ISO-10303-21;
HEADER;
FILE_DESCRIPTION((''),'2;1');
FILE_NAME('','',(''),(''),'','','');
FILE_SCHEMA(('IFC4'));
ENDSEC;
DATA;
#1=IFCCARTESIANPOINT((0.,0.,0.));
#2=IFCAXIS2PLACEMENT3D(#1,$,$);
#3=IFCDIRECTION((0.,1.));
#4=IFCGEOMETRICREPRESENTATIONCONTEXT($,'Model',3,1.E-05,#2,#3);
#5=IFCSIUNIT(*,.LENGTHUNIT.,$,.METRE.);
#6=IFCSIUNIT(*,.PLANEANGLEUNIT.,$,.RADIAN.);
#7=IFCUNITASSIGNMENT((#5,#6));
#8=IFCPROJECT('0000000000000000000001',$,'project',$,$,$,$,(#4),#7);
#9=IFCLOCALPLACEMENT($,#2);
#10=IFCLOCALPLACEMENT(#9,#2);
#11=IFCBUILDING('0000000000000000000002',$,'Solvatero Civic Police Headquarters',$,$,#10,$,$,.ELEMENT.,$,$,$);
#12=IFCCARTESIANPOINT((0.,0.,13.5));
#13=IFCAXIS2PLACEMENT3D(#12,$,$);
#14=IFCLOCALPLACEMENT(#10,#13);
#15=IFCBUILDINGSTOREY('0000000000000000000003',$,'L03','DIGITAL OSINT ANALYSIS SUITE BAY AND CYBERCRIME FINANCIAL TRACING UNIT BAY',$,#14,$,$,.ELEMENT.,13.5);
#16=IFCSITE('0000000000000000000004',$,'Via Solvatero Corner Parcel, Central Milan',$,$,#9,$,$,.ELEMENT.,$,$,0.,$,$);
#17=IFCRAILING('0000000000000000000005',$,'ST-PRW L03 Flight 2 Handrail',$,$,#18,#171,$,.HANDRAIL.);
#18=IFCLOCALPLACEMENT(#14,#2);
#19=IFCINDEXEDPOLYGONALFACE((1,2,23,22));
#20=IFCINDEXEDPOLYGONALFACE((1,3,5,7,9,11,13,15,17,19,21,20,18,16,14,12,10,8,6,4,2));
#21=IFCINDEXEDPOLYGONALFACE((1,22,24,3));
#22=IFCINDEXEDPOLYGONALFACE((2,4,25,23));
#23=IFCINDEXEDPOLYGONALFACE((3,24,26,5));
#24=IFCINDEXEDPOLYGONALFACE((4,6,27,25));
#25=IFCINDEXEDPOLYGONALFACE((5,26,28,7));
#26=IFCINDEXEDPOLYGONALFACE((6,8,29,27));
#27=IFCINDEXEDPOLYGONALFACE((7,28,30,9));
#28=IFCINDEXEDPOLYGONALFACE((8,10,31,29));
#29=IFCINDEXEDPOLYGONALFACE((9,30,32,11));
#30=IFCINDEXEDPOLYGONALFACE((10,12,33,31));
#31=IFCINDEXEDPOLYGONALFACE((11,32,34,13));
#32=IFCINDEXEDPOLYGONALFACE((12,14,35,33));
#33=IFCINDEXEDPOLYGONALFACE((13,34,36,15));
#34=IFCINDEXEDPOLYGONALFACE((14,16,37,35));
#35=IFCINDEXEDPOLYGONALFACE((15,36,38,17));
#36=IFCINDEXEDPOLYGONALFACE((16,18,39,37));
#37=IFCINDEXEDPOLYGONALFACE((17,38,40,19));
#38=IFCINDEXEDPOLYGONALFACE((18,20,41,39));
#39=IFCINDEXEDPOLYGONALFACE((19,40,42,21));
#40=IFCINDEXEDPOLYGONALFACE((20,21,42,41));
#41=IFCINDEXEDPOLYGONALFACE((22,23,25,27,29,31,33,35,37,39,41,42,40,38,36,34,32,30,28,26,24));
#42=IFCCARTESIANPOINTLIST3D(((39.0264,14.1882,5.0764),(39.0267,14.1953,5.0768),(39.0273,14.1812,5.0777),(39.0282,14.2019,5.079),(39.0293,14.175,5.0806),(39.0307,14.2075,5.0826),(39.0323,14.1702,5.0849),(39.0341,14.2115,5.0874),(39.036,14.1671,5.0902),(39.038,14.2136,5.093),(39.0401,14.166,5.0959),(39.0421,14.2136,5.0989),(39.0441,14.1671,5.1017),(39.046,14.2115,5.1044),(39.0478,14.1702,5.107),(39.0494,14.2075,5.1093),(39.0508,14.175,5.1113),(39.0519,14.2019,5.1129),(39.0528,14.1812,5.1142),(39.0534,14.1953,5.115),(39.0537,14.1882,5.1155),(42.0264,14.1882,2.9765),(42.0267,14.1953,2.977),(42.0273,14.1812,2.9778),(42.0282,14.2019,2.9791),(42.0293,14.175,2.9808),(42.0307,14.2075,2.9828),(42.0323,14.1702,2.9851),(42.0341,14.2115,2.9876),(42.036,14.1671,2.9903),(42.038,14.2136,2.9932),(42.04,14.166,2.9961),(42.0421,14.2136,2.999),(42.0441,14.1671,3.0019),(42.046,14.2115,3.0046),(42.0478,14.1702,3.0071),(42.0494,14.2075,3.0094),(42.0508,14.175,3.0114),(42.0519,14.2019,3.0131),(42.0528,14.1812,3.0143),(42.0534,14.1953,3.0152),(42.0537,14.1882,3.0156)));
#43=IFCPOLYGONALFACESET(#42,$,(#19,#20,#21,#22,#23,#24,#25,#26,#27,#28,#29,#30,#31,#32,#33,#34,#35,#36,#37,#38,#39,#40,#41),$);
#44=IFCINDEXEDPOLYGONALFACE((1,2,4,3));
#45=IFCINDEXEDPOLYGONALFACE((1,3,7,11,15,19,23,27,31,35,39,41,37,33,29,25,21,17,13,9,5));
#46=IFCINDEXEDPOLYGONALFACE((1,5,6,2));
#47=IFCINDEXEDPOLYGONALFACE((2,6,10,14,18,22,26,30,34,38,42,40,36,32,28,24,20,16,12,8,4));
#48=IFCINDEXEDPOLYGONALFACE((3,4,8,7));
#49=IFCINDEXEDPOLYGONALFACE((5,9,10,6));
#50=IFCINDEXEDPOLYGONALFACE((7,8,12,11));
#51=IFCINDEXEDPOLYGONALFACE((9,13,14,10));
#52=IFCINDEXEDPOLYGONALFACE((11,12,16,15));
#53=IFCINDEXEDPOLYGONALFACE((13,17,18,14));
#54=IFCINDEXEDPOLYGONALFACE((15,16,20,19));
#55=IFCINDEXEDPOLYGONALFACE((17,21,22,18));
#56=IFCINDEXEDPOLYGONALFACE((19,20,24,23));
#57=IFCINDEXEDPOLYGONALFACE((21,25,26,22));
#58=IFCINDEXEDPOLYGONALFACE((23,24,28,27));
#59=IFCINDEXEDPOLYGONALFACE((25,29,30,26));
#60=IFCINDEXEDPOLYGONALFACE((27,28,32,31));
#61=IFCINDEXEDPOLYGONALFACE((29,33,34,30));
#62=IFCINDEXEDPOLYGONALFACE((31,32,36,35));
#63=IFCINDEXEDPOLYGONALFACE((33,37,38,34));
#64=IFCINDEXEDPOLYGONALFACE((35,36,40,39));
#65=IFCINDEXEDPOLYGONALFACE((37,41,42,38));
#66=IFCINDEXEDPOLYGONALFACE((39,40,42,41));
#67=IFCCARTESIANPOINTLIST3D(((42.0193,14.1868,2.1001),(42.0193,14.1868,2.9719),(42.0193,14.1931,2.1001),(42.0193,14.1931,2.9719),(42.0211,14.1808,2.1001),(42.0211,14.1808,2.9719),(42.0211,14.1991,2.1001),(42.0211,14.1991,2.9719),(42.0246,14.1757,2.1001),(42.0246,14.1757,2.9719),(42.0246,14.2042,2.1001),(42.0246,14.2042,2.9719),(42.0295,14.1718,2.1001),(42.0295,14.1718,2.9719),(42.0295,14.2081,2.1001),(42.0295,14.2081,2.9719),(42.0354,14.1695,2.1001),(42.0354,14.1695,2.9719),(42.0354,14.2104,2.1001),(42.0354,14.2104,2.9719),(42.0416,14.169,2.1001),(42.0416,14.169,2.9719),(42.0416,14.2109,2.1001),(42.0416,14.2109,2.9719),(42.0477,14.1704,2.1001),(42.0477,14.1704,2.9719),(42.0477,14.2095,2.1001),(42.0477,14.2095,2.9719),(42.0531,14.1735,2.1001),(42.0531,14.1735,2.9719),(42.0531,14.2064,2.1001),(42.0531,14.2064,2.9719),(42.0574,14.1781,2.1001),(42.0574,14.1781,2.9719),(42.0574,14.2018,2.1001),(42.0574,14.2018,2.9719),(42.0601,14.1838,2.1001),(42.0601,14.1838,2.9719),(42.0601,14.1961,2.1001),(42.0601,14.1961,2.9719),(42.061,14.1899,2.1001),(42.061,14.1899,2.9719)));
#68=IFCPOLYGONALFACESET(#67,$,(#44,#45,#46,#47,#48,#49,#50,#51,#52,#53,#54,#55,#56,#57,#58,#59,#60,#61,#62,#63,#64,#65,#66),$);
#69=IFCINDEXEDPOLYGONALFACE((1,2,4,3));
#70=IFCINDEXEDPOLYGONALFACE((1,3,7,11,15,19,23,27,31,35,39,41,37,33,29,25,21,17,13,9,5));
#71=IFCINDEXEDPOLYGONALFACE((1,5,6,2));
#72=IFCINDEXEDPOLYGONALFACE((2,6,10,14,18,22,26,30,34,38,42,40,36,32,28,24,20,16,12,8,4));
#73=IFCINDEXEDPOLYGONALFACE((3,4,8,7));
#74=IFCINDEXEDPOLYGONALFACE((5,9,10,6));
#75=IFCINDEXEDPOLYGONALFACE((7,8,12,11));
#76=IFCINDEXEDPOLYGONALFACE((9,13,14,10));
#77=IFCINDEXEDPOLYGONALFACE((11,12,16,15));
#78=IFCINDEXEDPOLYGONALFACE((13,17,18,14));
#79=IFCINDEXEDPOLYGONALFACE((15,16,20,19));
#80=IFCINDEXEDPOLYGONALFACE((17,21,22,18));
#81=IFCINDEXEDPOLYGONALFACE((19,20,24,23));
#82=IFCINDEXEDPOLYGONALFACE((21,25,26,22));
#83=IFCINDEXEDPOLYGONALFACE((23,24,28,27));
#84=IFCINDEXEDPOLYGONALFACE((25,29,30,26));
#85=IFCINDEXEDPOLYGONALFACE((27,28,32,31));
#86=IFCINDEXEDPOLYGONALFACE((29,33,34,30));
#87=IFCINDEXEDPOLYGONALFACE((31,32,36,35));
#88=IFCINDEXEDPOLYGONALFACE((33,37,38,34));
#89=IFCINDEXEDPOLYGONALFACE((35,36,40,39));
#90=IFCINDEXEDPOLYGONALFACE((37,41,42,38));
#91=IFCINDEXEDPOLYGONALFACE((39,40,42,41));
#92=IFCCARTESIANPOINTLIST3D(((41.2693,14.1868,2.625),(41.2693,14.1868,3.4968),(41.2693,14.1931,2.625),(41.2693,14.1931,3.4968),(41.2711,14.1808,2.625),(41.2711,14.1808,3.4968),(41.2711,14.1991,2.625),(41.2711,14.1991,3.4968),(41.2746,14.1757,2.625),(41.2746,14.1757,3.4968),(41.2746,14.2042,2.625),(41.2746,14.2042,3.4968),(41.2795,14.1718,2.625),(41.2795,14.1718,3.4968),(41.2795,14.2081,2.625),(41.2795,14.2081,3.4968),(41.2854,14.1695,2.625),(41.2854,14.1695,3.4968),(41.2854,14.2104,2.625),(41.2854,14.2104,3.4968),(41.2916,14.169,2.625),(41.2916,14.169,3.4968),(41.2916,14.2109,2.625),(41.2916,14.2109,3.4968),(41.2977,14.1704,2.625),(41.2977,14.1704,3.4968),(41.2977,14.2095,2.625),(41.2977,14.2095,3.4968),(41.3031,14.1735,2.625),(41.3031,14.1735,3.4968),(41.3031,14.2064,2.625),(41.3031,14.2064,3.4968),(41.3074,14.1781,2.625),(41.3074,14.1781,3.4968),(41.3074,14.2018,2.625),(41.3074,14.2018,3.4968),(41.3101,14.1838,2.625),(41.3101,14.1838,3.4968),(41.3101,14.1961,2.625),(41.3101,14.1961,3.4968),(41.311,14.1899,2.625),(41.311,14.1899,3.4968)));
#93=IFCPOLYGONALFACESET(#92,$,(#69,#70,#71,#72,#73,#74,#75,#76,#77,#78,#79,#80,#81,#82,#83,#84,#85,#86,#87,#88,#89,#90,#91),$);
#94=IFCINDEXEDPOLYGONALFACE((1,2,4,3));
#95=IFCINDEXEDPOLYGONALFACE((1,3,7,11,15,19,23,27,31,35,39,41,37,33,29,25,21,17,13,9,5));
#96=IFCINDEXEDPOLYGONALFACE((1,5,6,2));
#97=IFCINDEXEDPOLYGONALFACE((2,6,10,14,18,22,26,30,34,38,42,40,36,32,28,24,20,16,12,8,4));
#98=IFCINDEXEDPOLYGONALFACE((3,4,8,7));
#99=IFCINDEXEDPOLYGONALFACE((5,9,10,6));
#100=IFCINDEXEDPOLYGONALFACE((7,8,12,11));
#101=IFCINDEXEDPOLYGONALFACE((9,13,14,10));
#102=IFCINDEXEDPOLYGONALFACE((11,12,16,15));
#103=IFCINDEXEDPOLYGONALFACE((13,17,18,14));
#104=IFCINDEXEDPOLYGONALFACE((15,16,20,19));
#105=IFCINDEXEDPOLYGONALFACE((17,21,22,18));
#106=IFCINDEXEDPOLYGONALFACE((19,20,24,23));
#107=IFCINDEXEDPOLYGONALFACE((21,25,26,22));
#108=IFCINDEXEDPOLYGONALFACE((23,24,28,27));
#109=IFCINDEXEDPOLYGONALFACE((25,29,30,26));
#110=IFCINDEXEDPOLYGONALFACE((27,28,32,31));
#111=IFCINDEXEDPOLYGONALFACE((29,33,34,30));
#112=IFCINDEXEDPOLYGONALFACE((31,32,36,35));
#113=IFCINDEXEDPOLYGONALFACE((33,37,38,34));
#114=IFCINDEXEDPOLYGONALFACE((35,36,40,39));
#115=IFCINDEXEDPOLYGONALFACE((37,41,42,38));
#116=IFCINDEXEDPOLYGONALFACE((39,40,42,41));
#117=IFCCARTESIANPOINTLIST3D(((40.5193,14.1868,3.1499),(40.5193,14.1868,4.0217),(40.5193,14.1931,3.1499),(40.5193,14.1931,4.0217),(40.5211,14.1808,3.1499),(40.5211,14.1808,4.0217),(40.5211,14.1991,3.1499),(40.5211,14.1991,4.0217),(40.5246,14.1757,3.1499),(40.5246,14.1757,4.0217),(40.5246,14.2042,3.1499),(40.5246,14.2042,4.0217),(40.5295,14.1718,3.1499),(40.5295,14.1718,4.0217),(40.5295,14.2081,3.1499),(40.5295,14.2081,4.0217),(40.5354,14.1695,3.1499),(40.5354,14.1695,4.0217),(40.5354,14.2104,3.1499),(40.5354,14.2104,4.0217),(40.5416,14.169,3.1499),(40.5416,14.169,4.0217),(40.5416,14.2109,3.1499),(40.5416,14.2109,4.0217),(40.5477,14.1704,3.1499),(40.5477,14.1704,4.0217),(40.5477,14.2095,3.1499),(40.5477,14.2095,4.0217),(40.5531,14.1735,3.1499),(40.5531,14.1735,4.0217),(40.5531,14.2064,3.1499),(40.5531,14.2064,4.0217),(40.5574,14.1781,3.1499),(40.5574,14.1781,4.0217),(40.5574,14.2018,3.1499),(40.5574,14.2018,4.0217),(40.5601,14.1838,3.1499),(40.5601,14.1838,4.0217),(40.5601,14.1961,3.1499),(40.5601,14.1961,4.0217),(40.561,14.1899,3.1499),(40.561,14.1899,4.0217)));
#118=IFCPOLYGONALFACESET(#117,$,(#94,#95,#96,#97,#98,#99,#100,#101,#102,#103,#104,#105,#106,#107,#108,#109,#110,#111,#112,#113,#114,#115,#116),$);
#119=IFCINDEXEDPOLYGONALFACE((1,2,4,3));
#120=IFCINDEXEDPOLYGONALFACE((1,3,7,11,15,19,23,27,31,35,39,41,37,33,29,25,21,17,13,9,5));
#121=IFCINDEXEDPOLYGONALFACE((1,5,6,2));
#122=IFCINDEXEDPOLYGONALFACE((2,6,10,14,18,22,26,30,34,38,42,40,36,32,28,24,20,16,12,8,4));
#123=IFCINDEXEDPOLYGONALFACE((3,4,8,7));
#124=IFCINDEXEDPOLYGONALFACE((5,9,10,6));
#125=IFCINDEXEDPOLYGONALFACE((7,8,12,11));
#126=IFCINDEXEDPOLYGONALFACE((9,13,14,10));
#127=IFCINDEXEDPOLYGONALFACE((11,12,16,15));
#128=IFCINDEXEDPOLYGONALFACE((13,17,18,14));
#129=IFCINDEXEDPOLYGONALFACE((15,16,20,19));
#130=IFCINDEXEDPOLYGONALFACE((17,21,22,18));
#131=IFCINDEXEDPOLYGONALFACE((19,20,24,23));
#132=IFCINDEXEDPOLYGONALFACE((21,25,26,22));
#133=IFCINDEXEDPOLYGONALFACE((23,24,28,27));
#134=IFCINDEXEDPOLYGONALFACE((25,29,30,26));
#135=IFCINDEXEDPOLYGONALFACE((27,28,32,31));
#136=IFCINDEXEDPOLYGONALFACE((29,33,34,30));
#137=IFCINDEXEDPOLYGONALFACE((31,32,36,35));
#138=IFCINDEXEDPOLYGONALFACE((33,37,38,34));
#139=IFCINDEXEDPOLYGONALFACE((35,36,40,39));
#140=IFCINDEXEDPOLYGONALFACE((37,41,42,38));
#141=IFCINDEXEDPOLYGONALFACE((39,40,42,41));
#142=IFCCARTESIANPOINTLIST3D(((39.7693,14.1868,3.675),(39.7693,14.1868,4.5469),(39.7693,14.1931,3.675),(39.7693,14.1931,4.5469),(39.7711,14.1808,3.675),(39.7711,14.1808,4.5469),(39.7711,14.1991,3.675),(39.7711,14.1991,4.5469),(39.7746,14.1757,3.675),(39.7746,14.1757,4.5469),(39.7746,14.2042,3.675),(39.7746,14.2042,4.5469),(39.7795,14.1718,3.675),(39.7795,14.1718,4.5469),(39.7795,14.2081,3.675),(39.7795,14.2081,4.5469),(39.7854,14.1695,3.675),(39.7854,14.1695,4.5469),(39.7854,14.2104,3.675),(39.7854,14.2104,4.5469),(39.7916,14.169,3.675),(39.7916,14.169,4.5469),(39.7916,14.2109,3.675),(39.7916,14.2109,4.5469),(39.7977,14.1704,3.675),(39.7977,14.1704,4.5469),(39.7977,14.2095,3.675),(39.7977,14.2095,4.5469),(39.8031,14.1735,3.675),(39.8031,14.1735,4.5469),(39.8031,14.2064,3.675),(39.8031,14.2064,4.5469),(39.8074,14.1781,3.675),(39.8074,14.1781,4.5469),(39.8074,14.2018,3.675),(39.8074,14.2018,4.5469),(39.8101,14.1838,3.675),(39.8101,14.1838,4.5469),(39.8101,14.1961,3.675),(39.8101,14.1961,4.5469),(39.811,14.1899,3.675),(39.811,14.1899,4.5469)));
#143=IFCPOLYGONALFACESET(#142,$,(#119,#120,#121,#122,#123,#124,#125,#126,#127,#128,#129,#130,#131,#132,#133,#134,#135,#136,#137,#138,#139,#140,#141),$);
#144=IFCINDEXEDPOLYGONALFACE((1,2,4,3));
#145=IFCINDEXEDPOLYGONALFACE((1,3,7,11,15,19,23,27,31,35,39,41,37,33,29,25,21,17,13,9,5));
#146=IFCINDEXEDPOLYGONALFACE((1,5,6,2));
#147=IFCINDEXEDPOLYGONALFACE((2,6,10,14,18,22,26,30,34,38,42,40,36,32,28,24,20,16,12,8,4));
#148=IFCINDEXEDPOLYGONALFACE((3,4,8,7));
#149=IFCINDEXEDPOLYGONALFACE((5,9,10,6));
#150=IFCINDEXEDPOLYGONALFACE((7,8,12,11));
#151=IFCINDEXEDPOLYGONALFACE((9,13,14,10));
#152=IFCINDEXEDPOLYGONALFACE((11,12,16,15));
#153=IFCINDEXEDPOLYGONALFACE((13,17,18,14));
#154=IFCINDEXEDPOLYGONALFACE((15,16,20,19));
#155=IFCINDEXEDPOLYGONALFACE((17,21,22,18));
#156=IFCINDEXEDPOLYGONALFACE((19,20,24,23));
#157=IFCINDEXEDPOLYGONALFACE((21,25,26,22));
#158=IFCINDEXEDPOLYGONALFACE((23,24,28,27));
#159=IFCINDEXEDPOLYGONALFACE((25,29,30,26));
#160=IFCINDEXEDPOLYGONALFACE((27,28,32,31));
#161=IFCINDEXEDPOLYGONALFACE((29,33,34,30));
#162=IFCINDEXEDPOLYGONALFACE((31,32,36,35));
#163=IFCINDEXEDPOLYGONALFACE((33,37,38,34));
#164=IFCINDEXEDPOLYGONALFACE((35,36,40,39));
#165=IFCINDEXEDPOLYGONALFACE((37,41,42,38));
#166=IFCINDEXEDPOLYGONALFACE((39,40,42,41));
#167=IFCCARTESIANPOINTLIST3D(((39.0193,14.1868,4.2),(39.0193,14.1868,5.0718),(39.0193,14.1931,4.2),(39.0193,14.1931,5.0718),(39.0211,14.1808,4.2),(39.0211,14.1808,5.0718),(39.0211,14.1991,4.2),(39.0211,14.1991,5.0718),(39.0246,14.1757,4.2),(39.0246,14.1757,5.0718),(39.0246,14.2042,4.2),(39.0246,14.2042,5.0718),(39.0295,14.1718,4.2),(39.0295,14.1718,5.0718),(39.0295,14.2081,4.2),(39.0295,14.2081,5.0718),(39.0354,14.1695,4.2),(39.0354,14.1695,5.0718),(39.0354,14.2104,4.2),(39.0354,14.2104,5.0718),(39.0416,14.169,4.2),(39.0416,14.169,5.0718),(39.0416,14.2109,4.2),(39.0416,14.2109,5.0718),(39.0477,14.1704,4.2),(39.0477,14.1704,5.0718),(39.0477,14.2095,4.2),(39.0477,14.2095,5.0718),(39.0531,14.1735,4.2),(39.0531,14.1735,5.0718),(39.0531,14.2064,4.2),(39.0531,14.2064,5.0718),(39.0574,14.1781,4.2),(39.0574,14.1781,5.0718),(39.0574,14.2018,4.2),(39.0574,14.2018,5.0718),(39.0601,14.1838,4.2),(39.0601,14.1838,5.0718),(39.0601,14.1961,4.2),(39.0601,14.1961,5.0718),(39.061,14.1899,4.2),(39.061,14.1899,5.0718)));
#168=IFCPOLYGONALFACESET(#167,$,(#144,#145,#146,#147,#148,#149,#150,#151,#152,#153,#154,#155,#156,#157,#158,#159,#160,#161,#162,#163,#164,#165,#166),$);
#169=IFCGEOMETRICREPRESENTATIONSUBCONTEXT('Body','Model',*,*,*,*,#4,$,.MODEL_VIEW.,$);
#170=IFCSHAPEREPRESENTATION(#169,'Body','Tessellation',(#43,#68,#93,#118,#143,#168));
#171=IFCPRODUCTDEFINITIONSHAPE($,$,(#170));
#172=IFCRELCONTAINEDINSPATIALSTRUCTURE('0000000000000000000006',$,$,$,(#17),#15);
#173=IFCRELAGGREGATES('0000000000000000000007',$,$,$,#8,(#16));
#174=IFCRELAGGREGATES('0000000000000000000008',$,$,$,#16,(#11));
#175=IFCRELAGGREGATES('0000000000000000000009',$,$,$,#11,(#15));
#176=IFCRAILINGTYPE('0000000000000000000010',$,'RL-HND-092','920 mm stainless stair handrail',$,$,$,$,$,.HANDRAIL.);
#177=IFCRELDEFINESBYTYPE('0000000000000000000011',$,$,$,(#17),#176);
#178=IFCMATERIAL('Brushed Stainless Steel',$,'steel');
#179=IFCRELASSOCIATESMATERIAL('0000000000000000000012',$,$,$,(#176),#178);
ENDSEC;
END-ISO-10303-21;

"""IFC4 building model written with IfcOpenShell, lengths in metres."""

from ifc_helpers import new_model, si_unit, direction, frame, origin, origin_2d, place, context, subcontext, project, spatial, circle, extrude, material, type_object, element, save


model = new_model("IFC4")

# Units and contexts
model_context = context("Model", 3, precision=1e-05, world=origin(), true_north=direction((0.0, 1.0)))
body_context = subcontext(model_context, "Body", "Model", "MODEL_VIEW")
ifc_project = project(units=[si_unit("LENGTHUNIT", "METRE"), si_unit("PLANEANGLEUNIT", "RADIAN")], contexts=[model_context])

# Site, building, storey
site_placement = place(None, origin())
site = spatial("IfcSite", under=ifc_project, at=site_placement, Name="Via Solvatero Corner Parcel, Central Milan", CompositionType="ELEMENT", RefElevation=0.0)
building_placement = place(site_placement, origin())
building = spatial("IfcBuilding", under=site, at=building_placement, Name="Solvatero Civic Police Headquarters", CompositionType="ELEMENT")
storey_placement = place(building_placement, frame((0.0, 0.0, 13.5)))
storey = spatial("IfcBuildingStorey", under=building, at=storey_placement, Name="L03", Description="DIGITAL OSINT ANALYSIS SUITE BAY AND CYBERCRIME FINANCIAL TRACING UNIT BAY", CompositionType="ELEMENT", Elevation=13.5)

# Railing
ifc_material_1 = material(Name="Brushed Stainless Steel", Category="steel")
railing_type_1 = type_object("IfcRailingType", Name="RL-HND-092", Description="920 mm stainless stair handrail", PredefinedType="HANDRAIL", material=ifc_material_1)
railing_1_placement = place(storey_placement, frame((42.04, 14.1899, 2.1001)))
element("IfcRailing", 1, at=railing_1_placement, inside=storey, type_object=railing_type_1, Name="ST-PRW L03 Flight 2 Handrail", PredefinedType="HANDRAIL", context=body_context, shape_type="SweptSolid", body=[
    extrude(circle(Radius=0.0239, at=origin_2d()), frame((0.0, 0.0, 0.896), z_axis=(-0.819251, 0.0, 0.573435), x_axis=(0.0, -1.0, 0.0)), (0.0, 0.0, 1.0), 3.6619),
    extrude(circle(Radius=0.021, at=origin_2d()), origin(), (0.0, 0.0, 1.0), 0.8718),
    extrude(circle(Radius=0.021, at=origin_2d()), frame((-0.75, 0.0, 0.5249)), (0.0, 0.0, 1.0), 0.8718),
    extrude(circle(Radius=0.021, at=origin_2d()), frame((-1.5, 0.0, 1.0498)), (0.0, 0.0, 1.0), 0.8718),
    extrude(circle(Radius=0.021, at=origin_2d()), frame((-2.25, 0.0, 1.575)), (0.0, 0.0, 1.0), 0.8718),
    extrude(circle(Radius=0.021, at=origin_2d()), frame((-3.0, 0.0, 2.0999)), (0.0, 0.0, 1.0), 0.8718),
])

save(model, "model.ifc")
